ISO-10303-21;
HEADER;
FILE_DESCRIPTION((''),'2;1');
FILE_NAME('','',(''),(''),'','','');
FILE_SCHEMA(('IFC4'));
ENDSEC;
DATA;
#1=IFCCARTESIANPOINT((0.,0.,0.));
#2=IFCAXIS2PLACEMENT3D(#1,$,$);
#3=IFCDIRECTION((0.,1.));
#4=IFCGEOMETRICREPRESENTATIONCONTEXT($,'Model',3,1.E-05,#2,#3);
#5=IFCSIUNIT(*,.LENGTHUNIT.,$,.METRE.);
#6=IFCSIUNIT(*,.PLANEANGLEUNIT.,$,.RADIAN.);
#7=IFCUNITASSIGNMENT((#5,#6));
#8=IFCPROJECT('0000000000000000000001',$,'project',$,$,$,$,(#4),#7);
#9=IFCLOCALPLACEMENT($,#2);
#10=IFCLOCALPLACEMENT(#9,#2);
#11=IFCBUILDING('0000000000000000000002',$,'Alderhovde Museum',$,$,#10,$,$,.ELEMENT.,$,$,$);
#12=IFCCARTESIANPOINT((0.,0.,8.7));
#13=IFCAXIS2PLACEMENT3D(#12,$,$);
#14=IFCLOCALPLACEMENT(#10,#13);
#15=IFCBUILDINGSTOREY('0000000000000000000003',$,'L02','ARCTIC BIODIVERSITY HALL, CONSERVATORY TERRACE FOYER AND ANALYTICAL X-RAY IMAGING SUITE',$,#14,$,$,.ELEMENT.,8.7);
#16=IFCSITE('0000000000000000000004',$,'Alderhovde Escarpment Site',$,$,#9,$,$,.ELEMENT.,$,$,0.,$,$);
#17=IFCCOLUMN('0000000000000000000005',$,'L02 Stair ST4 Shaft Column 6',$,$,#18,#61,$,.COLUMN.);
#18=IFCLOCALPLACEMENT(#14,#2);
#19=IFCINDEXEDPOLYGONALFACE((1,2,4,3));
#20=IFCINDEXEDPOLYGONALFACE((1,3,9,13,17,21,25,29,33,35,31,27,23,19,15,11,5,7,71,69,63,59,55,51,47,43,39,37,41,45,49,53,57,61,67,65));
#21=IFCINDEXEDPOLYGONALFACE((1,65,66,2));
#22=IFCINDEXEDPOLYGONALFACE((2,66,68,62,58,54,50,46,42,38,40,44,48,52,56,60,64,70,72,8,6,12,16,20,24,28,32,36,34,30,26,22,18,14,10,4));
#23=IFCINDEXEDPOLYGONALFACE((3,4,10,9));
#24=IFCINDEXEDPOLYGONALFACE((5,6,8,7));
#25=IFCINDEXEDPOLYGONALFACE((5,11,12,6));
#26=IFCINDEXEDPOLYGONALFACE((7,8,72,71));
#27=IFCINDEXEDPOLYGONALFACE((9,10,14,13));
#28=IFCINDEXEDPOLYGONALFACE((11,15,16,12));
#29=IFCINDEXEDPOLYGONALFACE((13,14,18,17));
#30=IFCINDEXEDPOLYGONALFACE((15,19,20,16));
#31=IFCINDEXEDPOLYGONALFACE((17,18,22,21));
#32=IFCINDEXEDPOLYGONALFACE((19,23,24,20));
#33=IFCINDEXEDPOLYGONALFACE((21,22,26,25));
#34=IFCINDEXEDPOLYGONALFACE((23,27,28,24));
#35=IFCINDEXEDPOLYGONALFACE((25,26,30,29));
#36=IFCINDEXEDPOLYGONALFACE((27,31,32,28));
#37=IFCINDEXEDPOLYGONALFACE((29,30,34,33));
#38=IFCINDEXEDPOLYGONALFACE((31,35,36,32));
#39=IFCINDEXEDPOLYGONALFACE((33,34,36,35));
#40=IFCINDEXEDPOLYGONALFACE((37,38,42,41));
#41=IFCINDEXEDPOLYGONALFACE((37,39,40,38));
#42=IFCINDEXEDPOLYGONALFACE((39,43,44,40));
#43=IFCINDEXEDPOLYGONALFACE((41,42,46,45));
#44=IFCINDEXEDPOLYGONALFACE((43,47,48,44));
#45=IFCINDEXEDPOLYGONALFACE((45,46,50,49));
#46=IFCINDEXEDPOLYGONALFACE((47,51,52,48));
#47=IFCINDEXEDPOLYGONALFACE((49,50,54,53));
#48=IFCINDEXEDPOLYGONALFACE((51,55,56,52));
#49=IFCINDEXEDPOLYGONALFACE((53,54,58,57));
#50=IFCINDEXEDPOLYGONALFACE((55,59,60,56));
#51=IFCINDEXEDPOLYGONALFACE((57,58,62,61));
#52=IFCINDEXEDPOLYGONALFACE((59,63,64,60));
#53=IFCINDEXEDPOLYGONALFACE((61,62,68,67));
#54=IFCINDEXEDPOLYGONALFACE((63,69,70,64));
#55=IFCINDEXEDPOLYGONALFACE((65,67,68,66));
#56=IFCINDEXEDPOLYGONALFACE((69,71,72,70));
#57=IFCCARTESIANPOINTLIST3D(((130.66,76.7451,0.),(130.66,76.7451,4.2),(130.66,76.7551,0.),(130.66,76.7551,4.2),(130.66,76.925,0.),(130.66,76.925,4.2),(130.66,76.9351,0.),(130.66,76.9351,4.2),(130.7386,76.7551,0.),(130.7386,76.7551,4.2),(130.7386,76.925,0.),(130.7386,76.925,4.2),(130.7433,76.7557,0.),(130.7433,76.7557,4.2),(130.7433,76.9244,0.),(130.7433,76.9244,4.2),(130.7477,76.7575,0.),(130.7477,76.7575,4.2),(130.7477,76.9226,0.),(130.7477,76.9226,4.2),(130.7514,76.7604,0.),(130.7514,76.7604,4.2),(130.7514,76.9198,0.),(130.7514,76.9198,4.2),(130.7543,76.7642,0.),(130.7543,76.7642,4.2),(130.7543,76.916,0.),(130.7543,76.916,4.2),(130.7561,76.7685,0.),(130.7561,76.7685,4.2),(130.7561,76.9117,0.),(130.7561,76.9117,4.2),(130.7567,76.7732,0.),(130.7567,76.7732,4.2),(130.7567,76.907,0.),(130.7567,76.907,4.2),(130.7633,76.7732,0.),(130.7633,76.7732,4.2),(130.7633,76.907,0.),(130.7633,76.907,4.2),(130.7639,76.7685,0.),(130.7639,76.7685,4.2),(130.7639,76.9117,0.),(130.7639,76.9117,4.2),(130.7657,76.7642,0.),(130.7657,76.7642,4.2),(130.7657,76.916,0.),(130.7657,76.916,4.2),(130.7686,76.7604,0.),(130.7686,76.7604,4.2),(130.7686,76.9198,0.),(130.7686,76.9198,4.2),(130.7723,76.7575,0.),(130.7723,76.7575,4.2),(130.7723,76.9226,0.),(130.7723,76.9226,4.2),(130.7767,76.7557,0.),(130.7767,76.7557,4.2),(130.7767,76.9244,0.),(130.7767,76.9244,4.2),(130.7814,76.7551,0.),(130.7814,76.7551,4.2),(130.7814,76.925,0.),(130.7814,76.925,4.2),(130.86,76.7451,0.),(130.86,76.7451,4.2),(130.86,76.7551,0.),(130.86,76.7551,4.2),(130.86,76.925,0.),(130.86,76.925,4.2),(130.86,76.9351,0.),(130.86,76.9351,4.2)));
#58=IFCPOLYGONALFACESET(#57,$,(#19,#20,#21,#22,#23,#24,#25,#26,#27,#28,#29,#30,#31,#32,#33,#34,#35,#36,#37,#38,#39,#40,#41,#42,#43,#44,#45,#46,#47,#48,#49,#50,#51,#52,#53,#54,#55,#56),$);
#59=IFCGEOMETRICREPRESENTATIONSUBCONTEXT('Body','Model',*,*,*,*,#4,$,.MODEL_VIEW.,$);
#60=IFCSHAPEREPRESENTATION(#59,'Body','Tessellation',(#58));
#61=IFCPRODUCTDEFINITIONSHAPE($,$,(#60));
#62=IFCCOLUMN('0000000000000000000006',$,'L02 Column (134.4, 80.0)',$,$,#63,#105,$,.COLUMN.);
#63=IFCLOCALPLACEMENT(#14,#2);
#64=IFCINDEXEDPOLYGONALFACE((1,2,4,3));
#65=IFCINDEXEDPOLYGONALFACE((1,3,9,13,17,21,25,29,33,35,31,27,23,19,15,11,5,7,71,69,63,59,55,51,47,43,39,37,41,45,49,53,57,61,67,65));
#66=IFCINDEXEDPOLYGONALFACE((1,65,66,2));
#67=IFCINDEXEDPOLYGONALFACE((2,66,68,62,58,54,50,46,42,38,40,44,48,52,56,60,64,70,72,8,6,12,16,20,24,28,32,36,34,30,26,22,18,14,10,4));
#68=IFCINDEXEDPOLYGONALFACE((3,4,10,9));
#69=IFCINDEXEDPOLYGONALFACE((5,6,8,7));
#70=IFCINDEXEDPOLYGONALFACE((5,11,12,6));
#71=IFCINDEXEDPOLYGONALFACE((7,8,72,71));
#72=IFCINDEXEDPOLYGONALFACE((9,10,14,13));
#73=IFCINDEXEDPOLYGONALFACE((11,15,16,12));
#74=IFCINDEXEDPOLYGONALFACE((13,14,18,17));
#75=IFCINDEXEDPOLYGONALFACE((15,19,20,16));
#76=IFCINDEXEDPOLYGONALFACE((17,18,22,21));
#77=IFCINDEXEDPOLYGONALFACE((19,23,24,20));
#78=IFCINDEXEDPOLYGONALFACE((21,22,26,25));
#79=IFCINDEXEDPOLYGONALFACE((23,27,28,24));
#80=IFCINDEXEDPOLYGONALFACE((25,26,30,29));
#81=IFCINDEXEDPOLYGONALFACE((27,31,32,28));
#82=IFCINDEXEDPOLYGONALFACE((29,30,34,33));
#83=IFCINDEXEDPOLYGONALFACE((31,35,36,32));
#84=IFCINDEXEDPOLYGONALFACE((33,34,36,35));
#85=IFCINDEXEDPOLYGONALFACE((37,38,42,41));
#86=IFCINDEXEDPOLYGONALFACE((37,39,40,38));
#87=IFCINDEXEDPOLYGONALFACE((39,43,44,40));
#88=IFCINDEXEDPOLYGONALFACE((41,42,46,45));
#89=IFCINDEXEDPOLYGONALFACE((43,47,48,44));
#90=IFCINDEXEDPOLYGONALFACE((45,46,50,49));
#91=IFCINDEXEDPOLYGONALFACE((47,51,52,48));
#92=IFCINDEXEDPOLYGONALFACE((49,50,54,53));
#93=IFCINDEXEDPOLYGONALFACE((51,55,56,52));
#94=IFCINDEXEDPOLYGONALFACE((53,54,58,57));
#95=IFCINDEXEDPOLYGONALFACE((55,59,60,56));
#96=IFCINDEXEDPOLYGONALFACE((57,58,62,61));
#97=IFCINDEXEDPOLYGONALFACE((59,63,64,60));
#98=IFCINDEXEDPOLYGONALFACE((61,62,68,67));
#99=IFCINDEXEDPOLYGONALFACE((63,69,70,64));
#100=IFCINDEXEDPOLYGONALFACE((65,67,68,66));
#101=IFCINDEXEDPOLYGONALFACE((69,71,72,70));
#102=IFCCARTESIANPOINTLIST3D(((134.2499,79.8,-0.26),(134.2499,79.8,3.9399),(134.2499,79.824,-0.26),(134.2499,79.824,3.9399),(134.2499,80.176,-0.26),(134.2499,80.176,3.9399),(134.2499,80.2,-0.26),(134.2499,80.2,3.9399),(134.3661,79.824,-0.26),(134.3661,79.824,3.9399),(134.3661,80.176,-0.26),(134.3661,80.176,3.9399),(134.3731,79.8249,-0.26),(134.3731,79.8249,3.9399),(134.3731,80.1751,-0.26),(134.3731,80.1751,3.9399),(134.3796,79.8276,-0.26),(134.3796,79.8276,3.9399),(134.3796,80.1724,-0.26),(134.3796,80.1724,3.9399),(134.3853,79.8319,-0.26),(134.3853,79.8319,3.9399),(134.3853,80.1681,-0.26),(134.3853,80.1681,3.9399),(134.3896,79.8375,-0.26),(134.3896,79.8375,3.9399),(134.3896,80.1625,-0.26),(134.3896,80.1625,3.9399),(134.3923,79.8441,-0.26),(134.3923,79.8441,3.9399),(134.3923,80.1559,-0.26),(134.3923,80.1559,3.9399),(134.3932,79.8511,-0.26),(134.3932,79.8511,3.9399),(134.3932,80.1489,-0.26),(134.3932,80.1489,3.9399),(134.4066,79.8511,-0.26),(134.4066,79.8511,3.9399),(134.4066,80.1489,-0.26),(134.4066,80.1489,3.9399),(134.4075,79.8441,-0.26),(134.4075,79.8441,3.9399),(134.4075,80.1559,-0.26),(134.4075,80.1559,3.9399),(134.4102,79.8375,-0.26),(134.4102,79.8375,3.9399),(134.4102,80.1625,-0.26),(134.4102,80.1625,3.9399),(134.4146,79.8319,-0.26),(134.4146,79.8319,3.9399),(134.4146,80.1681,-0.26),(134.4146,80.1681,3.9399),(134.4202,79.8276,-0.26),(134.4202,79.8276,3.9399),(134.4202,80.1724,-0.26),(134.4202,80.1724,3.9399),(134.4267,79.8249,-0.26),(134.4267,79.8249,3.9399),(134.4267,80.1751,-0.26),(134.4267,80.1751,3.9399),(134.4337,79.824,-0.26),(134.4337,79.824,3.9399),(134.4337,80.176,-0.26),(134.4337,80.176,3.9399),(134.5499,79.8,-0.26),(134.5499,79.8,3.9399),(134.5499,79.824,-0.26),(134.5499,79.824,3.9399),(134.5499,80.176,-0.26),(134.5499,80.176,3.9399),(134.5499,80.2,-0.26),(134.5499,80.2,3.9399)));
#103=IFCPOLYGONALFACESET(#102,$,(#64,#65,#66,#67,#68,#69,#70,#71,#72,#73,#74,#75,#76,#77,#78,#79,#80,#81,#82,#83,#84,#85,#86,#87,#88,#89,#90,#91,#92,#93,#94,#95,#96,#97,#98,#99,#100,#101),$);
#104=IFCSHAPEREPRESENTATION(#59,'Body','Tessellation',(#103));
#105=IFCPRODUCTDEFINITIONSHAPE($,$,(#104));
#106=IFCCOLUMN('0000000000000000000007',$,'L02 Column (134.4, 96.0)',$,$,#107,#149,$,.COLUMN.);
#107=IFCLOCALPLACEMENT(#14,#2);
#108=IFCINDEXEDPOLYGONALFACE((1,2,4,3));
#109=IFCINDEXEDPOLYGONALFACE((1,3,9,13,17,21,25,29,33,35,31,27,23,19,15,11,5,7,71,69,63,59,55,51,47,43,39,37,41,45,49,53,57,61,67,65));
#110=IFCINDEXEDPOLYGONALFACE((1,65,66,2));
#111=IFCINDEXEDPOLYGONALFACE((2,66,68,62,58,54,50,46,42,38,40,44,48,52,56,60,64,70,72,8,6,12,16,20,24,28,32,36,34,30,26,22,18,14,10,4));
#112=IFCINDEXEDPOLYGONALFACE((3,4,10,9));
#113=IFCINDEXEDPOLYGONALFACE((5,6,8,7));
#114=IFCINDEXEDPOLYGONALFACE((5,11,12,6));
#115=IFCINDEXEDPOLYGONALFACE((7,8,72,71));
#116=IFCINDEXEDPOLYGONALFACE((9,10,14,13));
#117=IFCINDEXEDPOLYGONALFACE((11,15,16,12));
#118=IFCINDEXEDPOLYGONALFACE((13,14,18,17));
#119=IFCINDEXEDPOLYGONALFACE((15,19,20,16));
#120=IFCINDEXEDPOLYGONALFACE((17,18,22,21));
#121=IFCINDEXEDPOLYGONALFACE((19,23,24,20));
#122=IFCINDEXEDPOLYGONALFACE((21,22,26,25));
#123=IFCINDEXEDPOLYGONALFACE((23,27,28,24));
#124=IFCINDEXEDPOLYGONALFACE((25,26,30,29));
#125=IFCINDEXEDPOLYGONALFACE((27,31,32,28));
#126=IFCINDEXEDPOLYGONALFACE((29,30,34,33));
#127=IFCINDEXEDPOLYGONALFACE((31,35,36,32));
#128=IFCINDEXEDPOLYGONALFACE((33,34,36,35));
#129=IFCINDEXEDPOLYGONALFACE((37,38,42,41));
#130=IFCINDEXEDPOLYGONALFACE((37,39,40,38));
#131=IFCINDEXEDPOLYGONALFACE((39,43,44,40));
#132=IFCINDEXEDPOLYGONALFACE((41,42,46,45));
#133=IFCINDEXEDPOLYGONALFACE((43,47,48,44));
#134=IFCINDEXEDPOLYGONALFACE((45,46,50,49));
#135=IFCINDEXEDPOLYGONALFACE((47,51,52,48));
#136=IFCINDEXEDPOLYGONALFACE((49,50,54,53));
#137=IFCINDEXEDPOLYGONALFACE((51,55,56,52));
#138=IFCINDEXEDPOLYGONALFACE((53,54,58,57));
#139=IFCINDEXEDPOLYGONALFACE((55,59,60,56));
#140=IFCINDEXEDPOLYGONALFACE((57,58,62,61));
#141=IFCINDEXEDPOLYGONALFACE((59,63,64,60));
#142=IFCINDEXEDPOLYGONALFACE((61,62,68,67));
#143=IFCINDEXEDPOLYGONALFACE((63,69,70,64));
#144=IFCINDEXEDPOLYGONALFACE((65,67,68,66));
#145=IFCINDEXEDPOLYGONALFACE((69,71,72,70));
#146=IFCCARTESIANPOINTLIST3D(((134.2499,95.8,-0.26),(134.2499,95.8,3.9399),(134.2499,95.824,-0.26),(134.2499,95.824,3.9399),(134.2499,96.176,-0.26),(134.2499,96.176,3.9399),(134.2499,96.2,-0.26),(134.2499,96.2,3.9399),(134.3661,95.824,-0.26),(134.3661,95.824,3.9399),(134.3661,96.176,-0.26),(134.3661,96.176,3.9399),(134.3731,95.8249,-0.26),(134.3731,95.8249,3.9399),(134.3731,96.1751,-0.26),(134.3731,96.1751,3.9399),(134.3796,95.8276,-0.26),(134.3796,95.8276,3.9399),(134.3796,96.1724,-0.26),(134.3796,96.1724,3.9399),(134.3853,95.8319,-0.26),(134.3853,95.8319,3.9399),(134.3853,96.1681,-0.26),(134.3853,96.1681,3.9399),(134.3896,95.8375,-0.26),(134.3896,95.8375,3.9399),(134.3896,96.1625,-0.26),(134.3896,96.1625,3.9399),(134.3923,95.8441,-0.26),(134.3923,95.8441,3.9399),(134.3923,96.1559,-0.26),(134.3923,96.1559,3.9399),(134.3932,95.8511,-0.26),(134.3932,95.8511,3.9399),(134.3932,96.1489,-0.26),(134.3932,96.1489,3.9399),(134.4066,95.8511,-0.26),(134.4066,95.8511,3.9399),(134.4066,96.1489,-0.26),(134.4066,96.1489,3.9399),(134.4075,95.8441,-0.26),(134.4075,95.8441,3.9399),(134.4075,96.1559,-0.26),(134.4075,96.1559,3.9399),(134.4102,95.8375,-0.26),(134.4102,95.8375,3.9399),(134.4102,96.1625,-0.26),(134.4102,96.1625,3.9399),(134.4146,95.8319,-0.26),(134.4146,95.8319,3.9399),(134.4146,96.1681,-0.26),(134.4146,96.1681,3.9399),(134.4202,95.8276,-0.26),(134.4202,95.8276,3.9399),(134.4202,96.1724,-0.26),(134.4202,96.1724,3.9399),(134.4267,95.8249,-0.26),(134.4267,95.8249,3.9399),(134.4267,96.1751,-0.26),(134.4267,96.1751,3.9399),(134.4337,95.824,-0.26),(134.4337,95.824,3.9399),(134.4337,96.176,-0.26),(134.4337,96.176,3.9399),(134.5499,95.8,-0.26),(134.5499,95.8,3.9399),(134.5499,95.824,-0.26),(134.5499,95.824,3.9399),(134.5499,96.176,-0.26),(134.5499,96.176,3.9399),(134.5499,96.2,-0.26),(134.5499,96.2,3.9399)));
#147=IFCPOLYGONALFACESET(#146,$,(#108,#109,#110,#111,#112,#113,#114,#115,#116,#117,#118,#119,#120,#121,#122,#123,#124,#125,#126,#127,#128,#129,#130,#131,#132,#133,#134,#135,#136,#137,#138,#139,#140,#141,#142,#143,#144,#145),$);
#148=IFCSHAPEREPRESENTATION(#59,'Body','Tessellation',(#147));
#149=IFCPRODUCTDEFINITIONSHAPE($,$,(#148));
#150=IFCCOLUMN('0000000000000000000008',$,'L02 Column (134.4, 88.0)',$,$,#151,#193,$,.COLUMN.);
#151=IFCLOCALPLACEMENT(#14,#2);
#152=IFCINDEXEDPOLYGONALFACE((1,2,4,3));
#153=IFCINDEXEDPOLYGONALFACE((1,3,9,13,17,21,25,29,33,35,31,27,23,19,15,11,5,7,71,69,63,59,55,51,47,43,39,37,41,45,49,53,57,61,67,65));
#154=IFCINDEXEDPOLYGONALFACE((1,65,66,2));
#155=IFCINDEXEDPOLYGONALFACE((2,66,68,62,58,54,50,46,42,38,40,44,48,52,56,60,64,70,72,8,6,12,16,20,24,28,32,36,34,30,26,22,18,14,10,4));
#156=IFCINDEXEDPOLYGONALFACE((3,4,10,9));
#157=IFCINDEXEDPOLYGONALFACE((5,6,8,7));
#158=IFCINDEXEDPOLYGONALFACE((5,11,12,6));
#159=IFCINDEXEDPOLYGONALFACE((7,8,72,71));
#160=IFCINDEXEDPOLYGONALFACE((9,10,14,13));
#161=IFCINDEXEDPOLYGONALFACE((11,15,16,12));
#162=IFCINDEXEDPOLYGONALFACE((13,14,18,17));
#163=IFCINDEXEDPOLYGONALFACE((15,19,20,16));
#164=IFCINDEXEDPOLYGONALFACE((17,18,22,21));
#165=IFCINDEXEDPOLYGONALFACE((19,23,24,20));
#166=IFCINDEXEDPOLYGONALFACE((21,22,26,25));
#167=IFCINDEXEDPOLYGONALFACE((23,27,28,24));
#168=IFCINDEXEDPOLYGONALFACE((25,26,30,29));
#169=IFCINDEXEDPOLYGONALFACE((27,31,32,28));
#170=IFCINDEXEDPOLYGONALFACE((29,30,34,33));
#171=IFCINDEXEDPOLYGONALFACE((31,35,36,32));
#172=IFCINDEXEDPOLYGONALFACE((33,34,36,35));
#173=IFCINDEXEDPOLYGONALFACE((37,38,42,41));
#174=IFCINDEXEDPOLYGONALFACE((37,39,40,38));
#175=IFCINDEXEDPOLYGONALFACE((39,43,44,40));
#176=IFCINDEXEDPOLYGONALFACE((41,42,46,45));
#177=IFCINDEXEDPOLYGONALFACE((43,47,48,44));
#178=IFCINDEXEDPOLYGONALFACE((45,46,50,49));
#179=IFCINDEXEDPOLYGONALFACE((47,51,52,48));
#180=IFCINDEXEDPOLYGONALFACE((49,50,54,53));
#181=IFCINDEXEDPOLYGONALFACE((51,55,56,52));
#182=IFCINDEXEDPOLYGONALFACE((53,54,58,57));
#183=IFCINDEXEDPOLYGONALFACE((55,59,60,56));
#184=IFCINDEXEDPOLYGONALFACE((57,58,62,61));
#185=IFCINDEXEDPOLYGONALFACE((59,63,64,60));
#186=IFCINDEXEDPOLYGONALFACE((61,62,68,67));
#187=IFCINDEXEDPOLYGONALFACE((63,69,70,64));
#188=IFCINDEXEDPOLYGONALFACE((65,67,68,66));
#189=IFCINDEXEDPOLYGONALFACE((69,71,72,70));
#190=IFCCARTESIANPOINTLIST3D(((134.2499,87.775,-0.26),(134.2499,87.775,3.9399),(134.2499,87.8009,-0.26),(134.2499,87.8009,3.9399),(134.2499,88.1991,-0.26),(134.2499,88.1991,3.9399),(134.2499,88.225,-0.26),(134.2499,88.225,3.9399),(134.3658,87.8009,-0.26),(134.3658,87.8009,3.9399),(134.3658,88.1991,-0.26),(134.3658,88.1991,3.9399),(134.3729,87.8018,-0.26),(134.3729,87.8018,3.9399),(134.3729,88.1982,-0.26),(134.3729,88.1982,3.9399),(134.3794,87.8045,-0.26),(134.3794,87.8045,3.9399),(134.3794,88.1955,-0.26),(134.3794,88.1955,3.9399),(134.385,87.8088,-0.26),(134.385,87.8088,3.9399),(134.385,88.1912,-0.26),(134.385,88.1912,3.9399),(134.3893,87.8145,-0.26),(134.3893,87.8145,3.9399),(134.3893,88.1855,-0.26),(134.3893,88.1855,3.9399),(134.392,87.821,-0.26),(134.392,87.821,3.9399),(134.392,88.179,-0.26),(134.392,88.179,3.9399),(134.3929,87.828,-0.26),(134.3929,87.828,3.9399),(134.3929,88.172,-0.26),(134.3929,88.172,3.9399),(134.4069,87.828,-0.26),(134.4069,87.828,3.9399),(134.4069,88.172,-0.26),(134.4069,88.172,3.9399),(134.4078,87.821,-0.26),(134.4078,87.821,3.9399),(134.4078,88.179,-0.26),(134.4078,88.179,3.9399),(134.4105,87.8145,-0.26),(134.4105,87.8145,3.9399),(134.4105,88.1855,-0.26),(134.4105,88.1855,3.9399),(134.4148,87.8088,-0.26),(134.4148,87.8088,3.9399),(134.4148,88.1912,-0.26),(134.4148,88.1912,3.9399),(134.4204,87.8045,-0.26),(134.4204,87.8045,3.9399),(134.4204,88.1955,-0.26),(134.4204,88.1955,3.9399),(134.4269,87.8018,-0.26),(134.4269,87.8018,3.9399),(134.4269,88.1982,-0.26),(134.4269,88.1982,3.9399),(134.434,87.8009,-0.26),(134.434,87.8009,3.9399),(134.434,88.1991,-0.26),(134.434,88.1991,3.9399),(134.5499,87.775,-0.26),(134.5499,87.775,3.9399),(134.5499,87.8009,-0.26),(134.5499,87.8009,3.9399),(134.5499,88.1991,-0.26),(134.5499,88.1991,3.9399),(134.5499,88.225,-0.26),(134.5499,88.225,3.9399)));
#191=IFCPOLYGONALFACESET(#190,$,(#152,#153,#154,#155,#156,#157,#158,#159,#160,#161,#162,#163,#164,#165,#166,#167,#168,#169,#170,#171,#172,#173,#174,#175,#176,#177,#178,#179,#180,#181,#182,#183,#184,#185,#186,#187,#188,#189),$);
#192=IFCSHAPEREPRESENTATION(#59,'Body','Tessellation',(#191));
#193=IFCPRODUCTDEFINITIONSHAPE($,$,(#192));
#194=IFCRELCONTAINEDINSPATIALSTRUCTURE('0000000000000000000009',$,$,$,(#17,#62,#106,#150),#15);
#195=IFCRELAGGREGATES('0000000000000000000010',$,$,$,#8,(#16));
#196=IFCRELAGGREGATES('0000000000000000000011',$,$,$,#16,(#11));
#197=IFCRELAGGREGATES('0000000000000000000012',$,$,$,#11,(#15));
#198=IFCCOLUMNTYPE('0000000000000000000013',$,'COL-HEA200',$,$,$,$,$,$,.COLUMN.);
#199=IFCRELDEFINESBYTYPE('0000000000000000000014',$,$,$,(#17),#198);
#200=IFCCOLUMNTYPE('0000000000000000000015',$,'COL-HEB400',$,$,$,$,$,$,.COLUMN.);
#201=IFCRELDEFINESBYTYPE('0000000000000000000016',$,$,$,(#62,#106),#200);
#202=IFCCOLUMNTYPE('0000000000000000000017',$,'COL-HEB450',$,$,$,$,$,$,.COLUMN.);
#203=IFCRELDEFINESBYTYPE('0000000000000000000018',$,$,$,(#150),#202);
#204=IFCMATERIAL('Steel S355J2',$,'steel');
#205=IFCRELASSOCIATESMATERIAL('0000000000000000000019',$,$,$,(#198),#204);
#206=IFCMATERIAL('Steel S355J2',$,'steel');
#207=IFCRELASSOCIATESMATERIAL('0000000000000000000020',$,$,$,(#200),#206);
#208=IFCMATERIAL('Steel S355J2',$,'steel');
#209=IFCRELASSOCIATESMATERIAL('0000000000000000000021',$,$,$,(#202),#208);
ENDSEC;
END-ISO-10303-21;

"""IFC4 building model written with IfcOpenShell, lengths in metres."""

from ifc_helpers import new_model, si_unit, direction, frame, origin, origin_2d, place, context, subcontext, project, spatial, i_section, extrude, material, material_profile, profile_set, type_object, element, save


model = new_model("IFC4")

# Units and contexts
model_context = context("Model", 3, precision=1e-05, world=origin(), true_north=direction((0.0, 1.0)))
body_context = subcontext(model_context, "Body", "Model", "MODEL_VIEW")
ifc_project = project(units=[si_unit("LENGTHUNIT", "METRE"), si_unit("PLANEANGLEUNIT", "RADIAN")], contexts=[model_context])

# Site, building, storey
site_placement = place(None, origin())
site = spatial("IfcSite", under=ifc_project, at=site_placement, Name="Alderhovde Escarpment Site", CompositionType="ELEMENT", RefElevation=0.0)
building_placement = place(site_placement, origin())
building = spatial("IfcBuilding", under=site, at=building_placement, Name="Alderhovde Museum", CompositionType="ELEMENT")
storey_placement = place(building_placement, frame((0.0, 0.0, 8.7)))
storey = spatial("IfcBuildingStorey", under=building, at=storey_placement, Name="L02", Description="ARCTIC BIODIVERSITY HALL, CONSERVATORY TERRACE FOYER AND ANALYTICAL X-RAY IMAGING SUITE", CompositionType="ELEMENT", Elevation=8.7)

# Columns
ifc_material_1 = material(Name="Steel S355J2", Category="steel")
ifc_material_profile_1 = material_profile(ifc_material_1, i_section(OverallWidth=0.2, OverallDepth=0.1899, WebThickness=0.0066, FlangeThickness=0.01, FilletRadius=0.0181, at=origin_2d()), Name="HEA 200")
ifc_profile_set_1 = profile_set([ifc_material_profile_1], Name="Steel S355J2")
column_type_1 = type_object("IfcColumnType", Name="COL-HEA200", PredefinedType="COLUMN", material=ifc_profile_set_1)
for number, where, z_axis, x_axis, name in (
    (1, (130.76, 76.8401, 0.0), (0.0, 0.0, 1.0), (1.0, 0.0, 0.0), "L02 Stair ST4 Shaft Column 6"),
):
    element("IfcColumn", number, at=place(storey_placement, frame(where, z_axis=z_axis, x_axis=x_axis)), inside=storey, type_object=column_type_1, Name=name, PredefinedType="COLUMN", context=body_context, shape_type="SweptSolid", body=[
        extrude(i_section(OverallWidth=0.2, OverallDepth=0.1899, WebThickness=0.0066, FlangeThickness=0.01, FilletRadius=0.0181, at=origin_2d()), origin(), (0.0, 0.0, 1.0), 4.2),
    ])
ifc_material_2 = material(Name="Steel S355J2", Category="steel")
ifc_material_profile_2 = material_profile(ifc_material_2, i_section(OverallWidth=0.3, OverallDepth=0.3999, WebThickness=0.0134, FlangeThickness=0.0239, FilletRadius=0.0271, at=origin_2d()), Name="HEB 400")
ifc_profile_set_2 = profile_set([ifc_material_profile_2], Name="Steel S355J2")
column_type_2 = type_object("IfcColumnType", Name="COL-HEB400", PredefinedType="COLUMN", material=ifc_profile_set_2)
for number, where, z_axis, x_axis, name in (
    (2, (134.3999, 80.0, -0.26), (0.0, 0.0, 1.0), (1.0, 0.0, 0.0), "L02 Column (134.4, 80.0)"),
    (3, (134.3999, 96.0, -0.26), (0.0, 0.0, 1.0), (1.0, 0.0, 0.0), "L02 Column (134.4, 96.0)"),
):
    element("IfcColumn", number, at=place(storey_placement, frame(where, z_axis=z_axis, x_axis=x_axis)), inside=storey, type_object=column_type_2, Name=name, PredefinedType="COLUMN", context=body_context, shape_type="SweptSolid", body=[
        extrude(i_section(OverallWidth=0.3, OverallDepth=0.3999, WebThickness=0.0134, FlangeThickness=0.0239, FilletRadius=0.0271, at=origin_2d()), origin(), (0.0, 0.0, 1.0), 4.2),
    ])
ifc_material_3 = material(Name="Steel S355J2", Category="steel")
ifc_material_profile_3 = material_profile(ifc_material_3, i_section(OverallWidth=0.3, OverallDepth=0.45, WebThickness=0.0139, FlangeThickness=0.0259, FilletRadius=0.0271, at=origin_2d()), Name="HEB 450")
ifc_profile_set_3 = profile_set([ifc_material_profile_3], Name="Steel S355J2")
column_type_3 = type_object("IfcColumnType", Name="COL-HEB450", PredefinedType="COLUMN", material=ifc_profile_set_3)
column_1_placement = place(storey_placement, frame((134.3999, 88.0, -0.26), z_axis=(0.0, 0.0, 1.0), x_axis=(1.0, 0.0, 0.0)))
element("IfcColumn", 4, at=column_1_placement, inside=storey, type_object=column_type_3, Name="L02 Column (134.4, 88.0)", PredefinedType="COLUMN", context=body_context, shape_type="SweptSolid", body=[
    extrude(i_section(OverallWidth=0.3, OverallDepth=0.45, WebThickness=0.0139, FlangeThickness=0.0259, FilletRadius=0.0271, at=origin_2d()), origin(), (0.0, 0.0, 1.0), 4.2),
])

save(model, "model.ifc")
